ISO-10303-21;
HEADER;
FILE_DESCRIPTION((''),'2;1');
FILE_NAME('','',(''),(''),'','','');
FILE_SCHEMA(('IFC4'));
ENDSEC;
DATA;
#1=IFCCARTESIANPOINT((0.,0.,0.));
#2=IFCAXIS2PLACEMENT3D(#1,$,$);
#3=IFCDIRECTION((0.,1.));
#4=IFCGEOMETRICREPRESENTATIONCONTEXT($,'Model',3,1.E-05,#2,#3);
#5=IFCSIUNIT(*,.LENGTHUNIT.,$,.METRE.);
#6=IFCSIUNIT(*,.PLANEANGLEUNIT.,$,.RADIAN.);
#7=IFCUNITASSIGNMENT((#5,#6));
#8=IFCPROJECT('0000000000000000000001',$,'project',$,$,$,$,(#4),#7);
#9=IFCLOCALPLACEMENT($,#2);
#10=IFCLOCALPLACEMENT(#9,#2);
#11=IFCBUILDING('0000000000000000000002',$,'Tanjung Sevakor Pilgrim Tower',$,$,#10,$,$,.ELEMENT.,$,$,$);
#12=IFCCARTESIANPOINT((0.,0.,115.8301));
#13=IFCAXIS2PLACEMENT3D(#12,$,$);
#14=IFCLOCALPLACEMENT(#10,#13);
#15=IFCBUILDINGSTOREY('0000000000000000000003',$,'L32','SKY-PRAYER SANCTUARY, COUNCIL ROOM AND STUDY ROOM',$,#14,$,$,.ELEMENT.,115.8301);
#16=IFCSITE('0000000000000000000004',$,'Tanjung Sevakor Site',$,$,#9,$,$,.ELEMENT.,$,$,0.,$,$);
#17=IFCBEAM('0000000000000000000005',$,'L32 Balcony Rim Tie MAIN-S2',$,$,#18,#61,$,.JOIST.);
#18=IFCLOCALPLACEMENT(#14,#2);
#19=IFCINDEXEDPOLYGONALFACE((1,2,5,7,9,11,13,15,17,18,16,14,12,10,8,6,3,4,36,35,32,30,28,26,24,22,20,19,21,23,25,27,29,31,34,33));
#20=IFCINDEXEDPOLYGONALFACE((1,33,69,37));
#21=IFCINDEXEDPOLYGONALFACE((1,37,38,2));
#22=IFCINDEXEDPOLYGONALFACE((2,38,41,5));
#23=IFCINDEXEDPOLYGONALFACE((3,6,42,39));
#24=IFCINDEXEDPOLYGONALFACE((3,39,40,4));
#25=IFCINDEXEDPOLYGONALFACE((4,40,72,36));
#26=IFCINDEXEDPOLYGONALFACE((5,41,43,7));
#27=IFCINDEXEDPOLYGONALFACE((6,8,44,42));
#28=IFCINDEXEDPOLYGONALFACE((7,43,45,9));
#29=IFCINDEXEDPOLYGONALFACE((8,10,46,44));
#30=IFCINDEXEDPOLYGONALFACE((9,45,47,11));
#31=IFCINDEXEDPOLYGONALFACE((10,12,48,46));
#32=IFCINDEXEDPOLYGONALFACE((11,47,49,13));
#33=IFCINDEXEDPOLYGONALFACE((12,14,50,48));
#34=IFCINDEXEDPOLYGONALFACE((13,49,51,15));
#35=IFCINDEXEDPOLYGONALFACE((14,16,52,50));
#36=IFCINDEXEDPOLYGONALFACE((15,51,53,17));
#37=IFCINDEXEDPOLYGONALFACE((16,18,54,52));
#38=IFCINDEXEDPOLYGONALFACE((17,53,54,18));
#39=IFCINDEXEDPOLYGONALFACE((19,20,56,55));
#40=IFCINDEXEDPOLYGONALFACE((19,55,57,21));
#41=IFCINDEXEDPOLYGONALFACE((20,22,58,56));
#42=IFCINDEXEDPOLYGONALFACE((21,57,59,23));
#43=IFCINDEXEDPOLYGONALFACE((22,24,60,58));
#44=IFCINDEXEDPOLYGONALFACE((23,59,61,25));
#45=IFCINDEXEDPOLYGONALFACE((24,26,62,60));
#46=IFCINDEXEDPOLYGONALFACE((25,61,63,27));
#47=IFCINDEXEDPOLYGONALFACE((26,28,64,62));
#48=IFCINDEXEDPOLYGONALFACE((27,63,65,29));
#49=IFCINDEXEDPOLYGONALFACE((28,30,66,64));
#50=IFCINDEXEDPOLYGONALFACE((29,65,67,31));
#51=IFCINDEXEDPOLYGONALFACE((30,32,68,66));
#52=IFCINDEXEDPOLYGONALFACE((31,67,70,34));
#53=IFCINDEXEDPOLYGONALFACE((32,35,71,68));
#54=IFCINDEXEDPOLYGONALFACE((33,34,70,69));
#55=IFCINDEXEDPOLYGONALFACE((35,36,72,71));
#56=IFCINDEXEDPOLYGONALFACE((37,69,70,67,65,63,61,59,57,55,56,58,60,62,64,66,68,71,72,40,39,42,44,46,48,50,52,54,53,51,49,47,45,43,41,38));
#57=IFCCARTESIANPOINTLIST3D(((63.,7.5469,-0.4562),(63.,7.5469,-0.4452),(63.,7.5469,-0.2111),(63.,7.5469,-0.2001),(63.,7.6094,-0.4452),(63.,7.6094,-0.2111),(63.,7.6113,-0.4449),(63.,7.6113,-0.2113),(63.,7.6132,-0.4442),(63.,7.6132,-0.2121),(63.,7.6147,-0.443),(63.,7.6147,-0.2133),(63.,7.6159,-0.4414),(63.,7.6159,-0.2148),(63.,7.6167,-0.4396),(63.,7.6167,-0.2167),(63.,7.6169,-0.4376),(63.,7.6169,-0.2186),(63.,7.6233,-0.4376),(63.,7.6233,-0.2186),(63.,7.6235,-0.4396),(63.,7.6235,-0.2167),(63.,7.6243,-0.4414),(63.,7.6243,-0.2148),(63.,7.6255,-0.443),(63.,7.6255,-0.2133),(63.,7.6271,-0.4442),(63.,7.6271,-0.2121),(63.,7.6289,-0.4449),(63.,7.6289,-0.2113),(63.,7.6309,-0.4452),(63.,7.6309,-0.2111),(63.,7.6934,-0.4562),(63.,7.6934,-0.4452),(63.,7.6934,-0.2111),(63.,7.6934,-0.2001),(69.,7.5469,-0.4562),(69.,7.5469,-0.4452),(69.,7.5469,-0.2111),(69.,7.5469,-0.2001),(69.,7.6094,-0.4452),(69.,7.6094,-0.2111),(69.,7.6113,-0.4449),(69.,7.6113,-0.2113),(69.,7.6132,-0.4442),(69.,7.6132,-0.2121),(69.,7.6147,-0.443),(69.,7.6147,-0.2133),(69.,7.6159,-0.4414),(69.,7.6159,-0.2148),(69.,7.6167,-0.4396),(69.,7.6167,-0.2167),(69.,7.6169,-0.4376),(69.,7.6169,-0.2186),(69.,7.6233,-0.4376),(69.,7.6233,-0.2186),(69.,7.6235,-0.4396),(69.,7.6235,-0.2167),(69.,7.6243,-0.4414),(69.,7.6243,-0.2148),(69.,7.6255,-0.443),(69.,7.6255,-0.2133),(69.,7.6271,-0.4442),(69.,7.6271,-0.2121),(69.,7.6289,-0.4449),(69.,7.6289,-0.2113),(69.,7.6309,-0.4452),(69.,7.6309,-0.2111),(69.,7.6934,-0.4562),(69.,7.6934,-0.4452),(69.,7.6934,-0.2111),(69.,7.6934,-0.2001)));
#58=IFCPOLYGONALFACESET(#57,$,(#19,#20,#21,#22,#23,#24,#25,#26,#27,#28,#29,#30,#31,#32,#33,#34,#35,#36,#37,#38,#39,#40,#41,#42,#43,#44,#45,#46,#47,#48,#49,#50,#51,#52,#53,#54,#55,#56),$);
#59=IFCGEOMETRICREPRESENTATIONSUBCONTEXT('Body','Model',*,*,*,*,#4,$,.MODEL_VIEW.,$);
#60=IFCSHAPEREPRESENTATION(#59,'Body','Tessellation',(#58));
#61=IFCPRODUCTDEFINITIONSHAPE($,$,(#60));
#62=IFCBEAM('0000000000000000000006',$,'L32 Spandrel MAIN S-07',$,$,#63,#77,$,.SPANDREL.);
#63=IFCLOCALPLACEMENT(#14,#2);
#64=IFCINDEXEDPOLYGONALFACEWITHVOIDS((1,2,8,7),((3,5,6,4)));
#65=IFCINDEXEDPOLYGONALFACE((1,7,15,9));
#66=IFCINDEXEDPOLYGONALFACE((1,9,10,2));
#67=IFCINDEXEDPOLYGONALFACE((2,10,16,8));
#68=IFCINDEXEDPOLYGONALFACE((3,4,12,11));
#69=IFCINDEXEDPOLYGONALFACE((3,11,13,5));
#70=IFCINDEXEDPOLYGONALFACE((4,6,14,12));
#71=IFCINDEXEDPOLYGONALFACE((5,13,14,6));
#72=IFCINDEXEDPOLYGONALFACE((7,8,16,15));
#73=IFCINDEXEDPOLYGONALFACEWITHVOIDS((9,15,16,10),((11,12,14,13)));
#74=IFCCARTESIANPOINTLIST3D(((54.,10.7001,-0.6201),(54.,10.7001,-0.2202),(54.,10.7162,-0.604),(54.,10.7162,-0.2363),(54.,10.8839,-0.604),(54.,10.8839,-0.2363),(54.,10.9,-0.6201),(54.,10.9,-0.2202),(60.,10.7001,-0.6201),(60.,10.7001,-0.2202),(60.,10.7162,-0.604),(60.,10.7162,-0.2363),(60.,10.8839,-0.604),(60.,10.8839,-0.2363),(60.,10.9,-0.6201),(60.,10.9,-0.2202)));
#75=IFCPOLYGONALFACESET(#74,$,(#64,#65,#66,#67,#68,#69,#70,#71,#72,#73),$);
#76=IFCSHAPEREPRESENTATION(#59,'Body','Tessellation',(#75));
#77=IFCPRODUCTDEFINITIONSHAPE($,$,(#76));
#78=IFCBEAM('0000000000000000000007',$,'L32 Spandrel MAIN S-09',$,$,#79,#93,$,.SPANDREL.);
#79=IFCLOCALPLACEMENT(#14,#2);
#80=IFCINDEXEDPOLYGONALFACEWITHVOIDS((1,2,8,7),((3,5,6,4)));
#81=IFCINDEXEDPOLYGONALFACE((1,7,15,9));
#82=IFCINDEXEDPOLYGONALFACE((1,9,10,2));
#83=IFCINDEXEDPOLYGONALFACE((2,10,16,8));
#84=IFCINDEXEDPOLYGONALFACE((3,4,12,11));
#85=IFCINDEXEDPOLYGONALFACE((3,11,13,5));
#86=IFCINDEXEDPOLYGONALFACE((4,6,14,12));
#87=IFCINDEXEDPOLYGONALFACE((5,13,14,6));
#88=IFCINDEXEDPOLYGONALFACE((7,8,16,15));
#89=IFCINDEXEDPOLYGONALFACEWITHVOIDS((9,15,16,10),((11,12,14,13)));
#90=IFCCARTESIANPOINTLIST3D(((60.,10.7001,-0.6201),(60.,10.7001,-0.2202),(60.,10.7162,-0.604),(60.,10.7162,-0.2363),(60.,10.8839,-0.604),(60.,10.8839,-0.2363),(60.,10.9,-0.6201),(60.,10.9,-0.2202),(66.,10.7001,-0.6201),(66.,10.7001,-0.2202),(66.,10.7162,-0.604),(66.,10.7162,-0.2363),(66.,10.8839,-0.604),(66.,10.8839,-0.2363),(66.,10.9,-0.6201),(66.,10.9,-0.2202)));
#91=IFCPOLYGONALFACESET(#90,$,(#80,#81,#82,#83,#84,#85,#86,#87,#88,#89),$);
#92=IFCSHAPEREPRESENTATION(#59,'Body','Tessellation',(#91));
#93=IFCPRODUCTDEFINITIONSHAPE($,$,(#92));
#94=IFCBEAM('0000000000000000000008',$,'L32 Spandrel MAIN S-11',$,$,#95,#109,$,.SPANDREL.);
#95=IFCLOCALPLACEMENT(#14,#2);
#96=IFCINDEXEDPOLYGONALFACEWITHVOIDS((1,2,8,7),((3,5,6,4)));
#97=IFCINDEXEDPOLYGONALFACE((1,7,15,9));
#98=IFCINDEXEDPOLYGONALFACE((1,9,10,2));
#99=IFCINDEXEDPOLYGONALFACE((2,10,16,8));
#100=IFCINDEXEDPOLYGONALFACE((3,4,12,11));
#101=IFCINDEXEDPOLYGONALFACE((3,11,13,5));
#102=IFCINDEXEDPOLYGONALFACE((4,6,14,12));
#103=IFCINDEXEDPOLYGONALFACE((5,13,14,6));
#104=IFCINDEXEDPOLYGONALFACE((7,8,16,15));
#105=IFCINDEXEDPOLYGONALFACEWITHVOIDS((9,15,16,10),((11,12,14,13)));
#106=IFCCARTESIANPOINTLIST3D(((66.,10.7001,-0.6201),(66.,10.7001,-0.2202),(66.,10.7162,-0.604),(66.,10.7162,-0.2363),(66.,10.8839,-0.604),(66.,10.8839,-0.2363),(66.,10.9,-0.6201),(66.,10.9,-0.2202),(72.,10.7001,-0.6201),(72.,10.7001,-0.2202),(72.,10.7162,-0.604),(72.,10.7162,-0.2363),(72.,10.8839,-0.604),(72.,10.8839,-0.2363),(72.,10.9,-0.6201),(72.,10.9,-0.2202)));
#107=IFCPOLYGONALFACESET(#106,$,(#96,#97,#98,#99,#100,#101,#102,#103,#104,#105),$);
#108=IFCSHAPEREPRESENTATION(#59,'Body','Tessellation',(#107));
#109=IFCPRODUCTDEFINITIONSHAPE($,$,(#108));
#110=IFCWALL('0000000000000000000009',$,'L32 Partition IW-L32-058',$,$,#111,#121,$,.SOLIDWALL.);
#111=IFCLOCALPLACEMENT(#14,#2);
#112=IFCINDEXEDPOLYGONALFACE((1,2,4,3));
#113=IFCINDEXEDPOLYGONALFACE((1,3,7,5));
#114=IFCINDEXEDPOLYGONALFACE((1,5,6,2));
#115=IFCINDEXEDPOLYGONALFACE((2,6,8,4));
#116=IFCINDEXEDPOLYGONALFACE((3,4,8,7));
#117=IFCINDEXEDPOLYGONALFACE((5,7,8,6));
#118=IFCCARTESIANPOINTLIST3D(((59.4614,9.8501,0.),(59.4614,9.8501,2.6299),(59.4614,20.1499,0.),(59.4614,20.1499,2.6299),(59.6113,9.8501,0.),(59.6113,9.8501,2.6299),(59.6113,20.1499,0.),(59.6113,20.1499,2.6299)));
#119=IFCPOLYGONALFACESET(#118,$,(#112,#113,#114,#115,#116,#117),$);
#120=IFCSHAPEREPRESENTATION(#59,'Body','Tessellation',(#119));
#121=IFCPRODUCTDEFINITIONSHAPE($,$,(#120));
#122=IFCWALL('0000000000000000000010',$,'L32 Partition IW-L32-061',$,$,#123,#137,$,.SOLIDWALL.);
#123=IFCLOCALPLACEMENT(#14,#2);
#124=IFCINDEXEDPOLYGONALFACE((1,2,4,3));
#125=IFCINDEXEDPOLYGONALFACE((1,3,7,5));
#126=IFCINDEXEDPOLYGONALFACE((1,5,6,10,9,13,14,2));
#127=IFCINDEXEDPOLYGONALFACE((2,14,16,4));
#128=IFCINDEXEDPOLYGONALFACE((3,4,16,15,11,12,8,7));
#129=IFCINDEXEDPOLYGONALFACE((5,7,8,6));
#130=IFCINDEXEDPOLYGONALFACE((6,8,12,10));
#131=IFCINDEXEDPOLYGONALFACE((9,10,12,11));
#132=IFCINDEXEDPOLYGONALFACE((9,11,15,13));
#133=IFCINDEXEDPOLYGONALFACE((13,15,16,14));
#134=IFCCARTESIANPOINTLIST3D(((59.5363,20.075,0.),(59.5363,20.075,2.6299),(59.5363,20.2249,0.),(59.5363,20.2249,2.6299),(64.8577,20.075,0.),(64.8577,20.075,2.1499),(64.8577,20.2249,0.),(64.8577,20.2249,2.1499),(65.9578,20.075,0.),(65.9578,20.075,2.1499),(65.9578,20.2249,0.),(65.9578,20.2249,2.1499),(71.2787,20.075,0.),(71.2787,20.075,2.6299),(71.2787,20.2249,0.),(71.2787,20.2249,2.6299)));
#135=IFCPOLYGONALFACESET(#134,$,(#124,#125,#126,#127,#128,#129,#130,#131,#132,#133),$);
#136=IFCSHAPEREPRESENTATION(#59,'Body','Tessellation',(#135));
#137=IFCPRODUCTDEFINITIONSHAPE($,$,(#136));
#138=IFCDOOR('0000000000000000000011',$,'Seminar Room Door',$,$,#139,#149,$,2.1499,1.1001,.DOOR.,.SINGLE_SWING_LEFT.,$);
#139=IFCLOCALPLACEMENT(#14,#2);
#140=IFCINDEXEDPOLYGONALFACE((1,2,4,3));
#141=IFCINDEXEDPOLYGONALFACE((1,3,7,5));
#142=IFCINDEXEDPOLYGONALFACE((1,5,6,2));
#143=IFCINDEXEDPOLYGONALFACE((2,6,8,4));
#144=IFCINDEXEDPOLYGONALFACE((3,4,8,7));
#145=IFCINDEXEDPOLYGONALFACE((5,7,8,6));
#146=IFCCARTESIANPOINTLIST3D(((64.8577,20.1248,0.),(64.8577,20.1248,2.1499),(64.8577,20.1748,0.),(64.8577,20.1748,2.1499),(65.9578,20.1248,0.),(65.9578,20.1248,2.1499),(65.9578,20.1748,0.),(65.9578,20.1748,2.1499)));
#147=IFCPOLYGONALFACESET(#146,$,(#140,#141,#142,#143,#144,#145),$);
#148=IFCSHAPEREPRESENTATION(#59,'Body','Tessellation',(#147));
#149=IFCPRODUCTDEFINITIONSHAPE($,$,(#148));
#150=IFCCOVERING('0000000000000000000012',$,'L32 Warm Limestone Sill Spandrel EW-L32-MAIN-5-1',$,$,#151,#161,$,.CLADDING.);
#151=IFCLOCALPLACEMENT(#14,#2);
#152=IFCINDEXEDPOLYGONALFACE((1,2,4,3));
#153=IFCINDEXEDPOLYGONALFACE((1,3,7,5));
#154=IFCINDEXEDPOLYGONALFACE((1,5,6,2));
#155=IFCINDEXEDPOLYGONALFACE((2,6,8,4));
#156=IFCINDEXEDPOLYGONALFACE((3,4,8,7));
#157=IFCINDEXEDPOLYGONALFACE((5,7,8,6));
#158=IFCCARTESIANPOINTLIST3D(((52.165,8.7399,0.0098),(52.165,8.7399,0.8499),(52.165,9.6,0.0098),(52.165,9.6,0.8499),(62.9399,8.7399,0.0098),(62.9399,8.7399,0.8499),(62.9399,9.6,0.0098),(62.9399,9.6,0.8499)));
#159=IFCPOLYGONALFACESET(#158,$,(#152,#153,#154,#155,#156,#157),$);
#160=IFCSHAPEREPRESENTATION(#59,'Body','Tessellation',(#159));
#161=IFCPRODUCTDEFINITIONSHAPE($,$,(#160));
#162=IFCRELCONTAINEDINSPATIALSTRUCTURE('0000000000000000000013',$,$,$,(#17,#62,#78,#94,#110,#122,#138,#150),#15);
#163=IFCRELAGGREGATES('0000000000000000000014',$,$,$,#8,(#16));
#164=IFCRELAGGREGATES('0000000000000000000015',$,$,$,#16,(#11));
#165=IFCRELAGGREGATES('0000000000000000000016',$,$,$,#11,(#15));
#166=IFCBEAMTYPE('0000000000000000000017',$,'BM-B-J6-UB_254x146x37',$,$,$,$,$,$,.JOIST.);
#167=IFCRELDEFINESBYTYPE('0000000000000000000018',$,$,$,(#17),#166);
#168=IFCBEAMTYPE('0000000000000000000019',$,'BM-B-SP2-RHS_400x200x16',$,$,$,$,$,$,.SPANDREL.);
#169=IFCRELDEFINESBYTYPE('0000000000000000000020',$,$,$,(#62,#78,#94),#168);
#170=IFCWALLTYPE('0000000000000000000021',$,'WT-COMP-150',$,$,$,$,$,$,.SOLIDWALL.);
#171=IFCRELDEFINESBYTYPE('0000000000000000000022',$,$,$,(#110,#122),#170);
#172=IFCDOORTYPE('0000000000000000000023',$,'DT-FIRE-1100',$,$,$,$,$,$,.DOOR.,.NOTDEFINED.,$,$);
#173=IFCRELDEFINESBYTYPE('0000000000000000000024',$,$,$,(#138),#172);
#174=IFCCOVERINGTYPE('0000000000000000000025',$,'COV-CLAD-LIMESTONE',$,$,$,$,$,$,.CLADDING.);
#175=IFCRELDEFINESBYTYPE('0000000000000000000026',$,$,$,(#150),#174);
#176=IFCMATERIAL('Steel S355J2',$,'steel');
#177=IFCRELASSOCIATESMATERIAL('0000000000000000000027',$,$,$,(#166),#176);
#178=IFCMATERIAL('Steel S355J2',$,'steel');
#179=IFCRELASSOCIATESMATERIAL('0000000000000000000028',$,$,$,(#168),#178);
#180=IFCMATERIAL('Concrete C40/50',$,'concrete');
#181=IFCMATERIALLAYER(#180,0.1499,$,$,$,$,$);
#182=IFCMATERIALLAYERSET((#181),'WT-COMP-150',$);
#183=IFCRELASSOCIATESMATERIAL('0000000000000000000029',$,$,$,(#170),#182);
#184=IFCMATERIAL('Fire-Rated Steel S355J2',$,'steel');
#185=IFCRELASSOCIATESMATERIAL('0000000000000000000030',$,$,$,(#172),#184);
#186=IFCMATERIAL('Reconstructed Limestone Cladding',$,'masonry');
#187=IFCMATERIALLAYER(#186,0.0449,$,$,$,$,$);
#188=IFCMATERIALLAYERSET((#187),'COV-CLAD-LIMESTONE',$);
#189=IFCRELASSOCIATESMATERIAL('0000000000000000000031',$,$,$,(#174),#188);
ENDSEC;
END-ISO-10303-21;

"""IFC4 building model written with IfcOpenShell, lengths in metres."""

from ifc_helpers import new_model, si_unit, direction, frame, frame_2d, origin, origin_2d, place, context, subcontext, project, spatial, rectangle, hollow_rectangle, i_section, extrude, material, layer, layer_set, material_profile, profile_set, type_object, element, fill, save


model = new_model("IFC4")

# Units and contexts
model_context = context("Model", 3, precision=1e-05, world=origin(), true_north=direction((0.0, 1.0)))
body_context = subcontext(model_context, "Body", "Model", "MODEL_VIEW")
ifc_project = project(units=[si_unit("LENGTHUNIT", "METRE"), si_unit("PLANEANGLEUNIT", "RADIAN")], contexts=[model_context])

# Site, building, storey
site_placement = place(None, origin())
site = spatial("IfcSite", under=ifc_project, at=site_placement, Name="Tanjung Sevakor Site", CompositionType="ELEMENT", RefElevation=0.0)
building_placement = place(site_placement, origin())
building = spatial("IfcBuilding", under=site, at=building_placement, Name="Tanjung Sevakor Pilgrim Tower", CompositionType="ELEMENT")
storey_placement = place(building_placement, frame((0.0, 0.0, 115.8301)))
storey = spatial("IfcBuildingStorey", under=building, at=storey_placement, Name="L32", Description="SKY-PRAYER SANCTUARY, COUNCIL ROOM AND STUDY ROOM", CompositionType="ELEMENT", Elevation=115.8301)

# Beams
ifc_material_1 = material(Name="Steel S355J2", Category="steel")
ifc_material_profile_1 = material_profile(ifc_material_1, i_section(OverallWidth=0.1465, OverallDepth=0.2561, WebThickness=0.0063, FlangeThickness=0.011, FilletRadius=0.0076, at=origin_2d()))
ifc_profile_set_1 = profile_set([ifc_material_profile_1], Name="Steel S355J2")
beam_type_1 = type_object("IfcBeamType", Name="BM-B-J6-UB_254x146x37", PredefinedType="JOIST", material=ifc_profile_set_1)
beam_1_placement = place(storey_placement, frame((63.0, 7.6201, -0.3281), z_axis=(1.0, 0.0, 0.0), x_axis=(0.0, 1.0, 0.0)))
element("IfcBeam", 1, at=beam_1_placement, inside=storey, type_object=beam_type_1, Name="L32 Balcony Rim Tie MAIN-S2", PredefinedType="JOIST", context=body_context, shape_type="SweptSolid", body=[
    extrude(i_section(OverallWidth=0.1465, OverallDepth=0.2561, WebThickness=0.0063, FlangeThickness=0.011, FilletRadius=0.0076, at=origin_2d()), origin(), (0.0, 0.0, 1.0), 6.0),
])
ifc_material_2 = material(Name="Steel S355J2", Category="steel")
ifc_material_profile_2 = material_profile(ifc_material_2, hollow_rectangle(XDim=0.2, YDim=0.3999, WallThickness=0.0161, at=origin_2d()))
ifc_profile_set_2 = profile_set([ifc_material_profile_2], Name="Steel S355J2")
beam_type_2 = type_object("IfcBeamType", Name="BM-B-SP2-RHS_400x200x16", PredefinedType="SPANDREL", material=ifc_profile_set_2)
for number, where, z_axis, x_axis, name in (
    (2, (54.0, 10.8, -0.4202), (1.0, 0.0, 0.0), (0.0, 1.0, 0.0), "L32 Spandrel MAIN S-07"),
    (3, (60.0, 10.8, -0.4202), (1.0, 0.0, 0.0), (0.0, 1.0, 0.0), "L32 Spandrel MAIN S-09"),
    (4, (66.0, 10.8, -0.4202), (1.0, 0.0, 0.0), (0.0, 1.0, 0.0), "L32 Spandrel MAIN S-11"),
):
    element("IfcBeam", number, at=place(storey_placement, frame(where, z_axis=z_axis, x_axis=x_axis)), inside=storey, type_object=beam_type_2, Name=name, PredefinedType="SPANDREL", context=body_context, shape_type="SweptSolid", body=[
        extrude(hollow_rectangle(XDim=0.2, YDim=0.3999, WallThickness=0.0161, at=origin_2d()), origin(), (0.0, 0.0, 1.0), 6.0),
    ])

# Wall
ifc_material_3 = material(Name="Concrete C40/50", Category="concrete")
ifc_layer_1 = layer(ifc_material_3, 0.1499)
ifc_layer_set_1 = layer_set([ifc_layer_1], Name="WT-COMP-150")
wall_type = type_object("IfcWallType", Name="WT-COMP-150", PredefinedType="SOLIDWALL", material=ifc_layer_set_1)
wall_1_placement = place(storey_placement, frame((59.5364, 9.8501, 0.0), z_axis=(0.0, 0.0, 1.0), x_axis=(0.0, 1.0, 0.0)))
element("IfcWall", 5, at=wall_1_placement, inside=storey, type_object=wall_type, Name="L32 Partition IW-L32-058", PredefinedType="SOLIDWALL", context=body_context, shape_type="SweptSolid", body=[
    extrude(rectangle(XDim=10.2998, YDim=0.1499, at=frame_2d((5.1499, 0.0))), origin(), (0.0, 0.0, 1.0), 2.6299),
])

# Wall, opening, door
wall_2_placement = place(storey_placement, frame((59.5364, 20.1499, 0.0), z_axis=(0.0, 0.0, 1.0), x_axis=(1.0, 0.0, 0.0)))
wall_2 = element("IfcWall", 6, at=wall_2_placement, inside=storey, type_object=wall_type, Name="L32 Partition IW-L32-061", PredefinedType="SOLIDWALL", context=body_context, shape_type="SweptSolid", body=[
    extrude(rectangle(XDim=11.7424, YDim=0.1499, at=frame_2d((5.8711, 0.0))), origin(), (0.0, 0.0, 1.0), 2.6299),
])
opening_placement = place(wall_2_placement, frame((5.3213, 0.0, 0.0)))
opening = element("IfcOpeningElement", 7, at=opening_placement, cuts=wall_2, PredefinedType="OPENING", context=body_context, shape_type="SweptSolid", body=[
    extrude(rectangle(XDim=1.1001, YDim=2.1499, at=frame_2d((0.55, 1.075))), frame((0.0, 0.085, 0.0), z_axis=(0.0, -1.0, 0.0), x_axis=(1.0, 0.0, 0.0)), (0.0, 0.0, 1.0), 0.1699),
])
ifc_material_4 = material(Name="Fire-Rated Steel S355J2", Category="steel")
door_type = type_object("IfcDoorType", Name="DT-FIRE-1100", OperationType="NOTDEFINED", PredefinedType="DOOR", material=ifc_material_4)
door_placement = place(opening_placement, origin())
door = element("IfcDoor", 8, at=door_placement, inside=storey, type_object=door_type, Name="Seminar Room Door", OperationType="SINGLE_SWING_LEFT", OverallHeight=2.1499, OverallWidth=1.1001, PredefinedType="DOOR", context=body_context, shape_type="SweptSolid", body=[
    extrude(rectangle(XDim=1.1001, YDim=2.1499, at=frame_2d((0.55, 1.075))), frame((0.0, 0.0249, 0.0), z_axis=(0.0, -1.0, 0.0), x_axis=(1.0, 0.0, 0.0)), (0.0, 0.0, 1.0), 0.05),
])
fill(opening, door)

# Covering
ifc_material_5 = material(Name="Reconstructed Limestone Cladding", Category="masonry")
ifc_layer_2 = layer(ifc_material_5, 0.0449)
ifc_layer_set_2 = layer_set([ifc_layer_2], Name="COV-CLAD-LIMESTONE")
covering_type = type_object("IfcCoveringType", Name="COV-CLAD-LIMESTONE", PredefinedType="CLADDING", material=ifc_layer_set_2)
covering_placement = place(storey_placement, frame((57.5525, 9.1699, 0.0098), z_axis=(0.0, 0.0, 1.0), x_axis=(1.0, 0.0, 0.0)))
element("IfcCovering", 9, at=covering_placement, inside=storey, type_object=covering_type, Name="L32 Warm Limestone Sill Spandrel EW-L32-MAIN-5-1", PredefinedType="CLADDING", context=body_context, shape_type="SweptSolid", body=[
    extrude(rectangle(XDim=10.7749, YDim=0.8601, at=origin_2d()), origin(), (0.0, 0.0, 1.0), 0.8401),
])

save(model, "model.ifc")
